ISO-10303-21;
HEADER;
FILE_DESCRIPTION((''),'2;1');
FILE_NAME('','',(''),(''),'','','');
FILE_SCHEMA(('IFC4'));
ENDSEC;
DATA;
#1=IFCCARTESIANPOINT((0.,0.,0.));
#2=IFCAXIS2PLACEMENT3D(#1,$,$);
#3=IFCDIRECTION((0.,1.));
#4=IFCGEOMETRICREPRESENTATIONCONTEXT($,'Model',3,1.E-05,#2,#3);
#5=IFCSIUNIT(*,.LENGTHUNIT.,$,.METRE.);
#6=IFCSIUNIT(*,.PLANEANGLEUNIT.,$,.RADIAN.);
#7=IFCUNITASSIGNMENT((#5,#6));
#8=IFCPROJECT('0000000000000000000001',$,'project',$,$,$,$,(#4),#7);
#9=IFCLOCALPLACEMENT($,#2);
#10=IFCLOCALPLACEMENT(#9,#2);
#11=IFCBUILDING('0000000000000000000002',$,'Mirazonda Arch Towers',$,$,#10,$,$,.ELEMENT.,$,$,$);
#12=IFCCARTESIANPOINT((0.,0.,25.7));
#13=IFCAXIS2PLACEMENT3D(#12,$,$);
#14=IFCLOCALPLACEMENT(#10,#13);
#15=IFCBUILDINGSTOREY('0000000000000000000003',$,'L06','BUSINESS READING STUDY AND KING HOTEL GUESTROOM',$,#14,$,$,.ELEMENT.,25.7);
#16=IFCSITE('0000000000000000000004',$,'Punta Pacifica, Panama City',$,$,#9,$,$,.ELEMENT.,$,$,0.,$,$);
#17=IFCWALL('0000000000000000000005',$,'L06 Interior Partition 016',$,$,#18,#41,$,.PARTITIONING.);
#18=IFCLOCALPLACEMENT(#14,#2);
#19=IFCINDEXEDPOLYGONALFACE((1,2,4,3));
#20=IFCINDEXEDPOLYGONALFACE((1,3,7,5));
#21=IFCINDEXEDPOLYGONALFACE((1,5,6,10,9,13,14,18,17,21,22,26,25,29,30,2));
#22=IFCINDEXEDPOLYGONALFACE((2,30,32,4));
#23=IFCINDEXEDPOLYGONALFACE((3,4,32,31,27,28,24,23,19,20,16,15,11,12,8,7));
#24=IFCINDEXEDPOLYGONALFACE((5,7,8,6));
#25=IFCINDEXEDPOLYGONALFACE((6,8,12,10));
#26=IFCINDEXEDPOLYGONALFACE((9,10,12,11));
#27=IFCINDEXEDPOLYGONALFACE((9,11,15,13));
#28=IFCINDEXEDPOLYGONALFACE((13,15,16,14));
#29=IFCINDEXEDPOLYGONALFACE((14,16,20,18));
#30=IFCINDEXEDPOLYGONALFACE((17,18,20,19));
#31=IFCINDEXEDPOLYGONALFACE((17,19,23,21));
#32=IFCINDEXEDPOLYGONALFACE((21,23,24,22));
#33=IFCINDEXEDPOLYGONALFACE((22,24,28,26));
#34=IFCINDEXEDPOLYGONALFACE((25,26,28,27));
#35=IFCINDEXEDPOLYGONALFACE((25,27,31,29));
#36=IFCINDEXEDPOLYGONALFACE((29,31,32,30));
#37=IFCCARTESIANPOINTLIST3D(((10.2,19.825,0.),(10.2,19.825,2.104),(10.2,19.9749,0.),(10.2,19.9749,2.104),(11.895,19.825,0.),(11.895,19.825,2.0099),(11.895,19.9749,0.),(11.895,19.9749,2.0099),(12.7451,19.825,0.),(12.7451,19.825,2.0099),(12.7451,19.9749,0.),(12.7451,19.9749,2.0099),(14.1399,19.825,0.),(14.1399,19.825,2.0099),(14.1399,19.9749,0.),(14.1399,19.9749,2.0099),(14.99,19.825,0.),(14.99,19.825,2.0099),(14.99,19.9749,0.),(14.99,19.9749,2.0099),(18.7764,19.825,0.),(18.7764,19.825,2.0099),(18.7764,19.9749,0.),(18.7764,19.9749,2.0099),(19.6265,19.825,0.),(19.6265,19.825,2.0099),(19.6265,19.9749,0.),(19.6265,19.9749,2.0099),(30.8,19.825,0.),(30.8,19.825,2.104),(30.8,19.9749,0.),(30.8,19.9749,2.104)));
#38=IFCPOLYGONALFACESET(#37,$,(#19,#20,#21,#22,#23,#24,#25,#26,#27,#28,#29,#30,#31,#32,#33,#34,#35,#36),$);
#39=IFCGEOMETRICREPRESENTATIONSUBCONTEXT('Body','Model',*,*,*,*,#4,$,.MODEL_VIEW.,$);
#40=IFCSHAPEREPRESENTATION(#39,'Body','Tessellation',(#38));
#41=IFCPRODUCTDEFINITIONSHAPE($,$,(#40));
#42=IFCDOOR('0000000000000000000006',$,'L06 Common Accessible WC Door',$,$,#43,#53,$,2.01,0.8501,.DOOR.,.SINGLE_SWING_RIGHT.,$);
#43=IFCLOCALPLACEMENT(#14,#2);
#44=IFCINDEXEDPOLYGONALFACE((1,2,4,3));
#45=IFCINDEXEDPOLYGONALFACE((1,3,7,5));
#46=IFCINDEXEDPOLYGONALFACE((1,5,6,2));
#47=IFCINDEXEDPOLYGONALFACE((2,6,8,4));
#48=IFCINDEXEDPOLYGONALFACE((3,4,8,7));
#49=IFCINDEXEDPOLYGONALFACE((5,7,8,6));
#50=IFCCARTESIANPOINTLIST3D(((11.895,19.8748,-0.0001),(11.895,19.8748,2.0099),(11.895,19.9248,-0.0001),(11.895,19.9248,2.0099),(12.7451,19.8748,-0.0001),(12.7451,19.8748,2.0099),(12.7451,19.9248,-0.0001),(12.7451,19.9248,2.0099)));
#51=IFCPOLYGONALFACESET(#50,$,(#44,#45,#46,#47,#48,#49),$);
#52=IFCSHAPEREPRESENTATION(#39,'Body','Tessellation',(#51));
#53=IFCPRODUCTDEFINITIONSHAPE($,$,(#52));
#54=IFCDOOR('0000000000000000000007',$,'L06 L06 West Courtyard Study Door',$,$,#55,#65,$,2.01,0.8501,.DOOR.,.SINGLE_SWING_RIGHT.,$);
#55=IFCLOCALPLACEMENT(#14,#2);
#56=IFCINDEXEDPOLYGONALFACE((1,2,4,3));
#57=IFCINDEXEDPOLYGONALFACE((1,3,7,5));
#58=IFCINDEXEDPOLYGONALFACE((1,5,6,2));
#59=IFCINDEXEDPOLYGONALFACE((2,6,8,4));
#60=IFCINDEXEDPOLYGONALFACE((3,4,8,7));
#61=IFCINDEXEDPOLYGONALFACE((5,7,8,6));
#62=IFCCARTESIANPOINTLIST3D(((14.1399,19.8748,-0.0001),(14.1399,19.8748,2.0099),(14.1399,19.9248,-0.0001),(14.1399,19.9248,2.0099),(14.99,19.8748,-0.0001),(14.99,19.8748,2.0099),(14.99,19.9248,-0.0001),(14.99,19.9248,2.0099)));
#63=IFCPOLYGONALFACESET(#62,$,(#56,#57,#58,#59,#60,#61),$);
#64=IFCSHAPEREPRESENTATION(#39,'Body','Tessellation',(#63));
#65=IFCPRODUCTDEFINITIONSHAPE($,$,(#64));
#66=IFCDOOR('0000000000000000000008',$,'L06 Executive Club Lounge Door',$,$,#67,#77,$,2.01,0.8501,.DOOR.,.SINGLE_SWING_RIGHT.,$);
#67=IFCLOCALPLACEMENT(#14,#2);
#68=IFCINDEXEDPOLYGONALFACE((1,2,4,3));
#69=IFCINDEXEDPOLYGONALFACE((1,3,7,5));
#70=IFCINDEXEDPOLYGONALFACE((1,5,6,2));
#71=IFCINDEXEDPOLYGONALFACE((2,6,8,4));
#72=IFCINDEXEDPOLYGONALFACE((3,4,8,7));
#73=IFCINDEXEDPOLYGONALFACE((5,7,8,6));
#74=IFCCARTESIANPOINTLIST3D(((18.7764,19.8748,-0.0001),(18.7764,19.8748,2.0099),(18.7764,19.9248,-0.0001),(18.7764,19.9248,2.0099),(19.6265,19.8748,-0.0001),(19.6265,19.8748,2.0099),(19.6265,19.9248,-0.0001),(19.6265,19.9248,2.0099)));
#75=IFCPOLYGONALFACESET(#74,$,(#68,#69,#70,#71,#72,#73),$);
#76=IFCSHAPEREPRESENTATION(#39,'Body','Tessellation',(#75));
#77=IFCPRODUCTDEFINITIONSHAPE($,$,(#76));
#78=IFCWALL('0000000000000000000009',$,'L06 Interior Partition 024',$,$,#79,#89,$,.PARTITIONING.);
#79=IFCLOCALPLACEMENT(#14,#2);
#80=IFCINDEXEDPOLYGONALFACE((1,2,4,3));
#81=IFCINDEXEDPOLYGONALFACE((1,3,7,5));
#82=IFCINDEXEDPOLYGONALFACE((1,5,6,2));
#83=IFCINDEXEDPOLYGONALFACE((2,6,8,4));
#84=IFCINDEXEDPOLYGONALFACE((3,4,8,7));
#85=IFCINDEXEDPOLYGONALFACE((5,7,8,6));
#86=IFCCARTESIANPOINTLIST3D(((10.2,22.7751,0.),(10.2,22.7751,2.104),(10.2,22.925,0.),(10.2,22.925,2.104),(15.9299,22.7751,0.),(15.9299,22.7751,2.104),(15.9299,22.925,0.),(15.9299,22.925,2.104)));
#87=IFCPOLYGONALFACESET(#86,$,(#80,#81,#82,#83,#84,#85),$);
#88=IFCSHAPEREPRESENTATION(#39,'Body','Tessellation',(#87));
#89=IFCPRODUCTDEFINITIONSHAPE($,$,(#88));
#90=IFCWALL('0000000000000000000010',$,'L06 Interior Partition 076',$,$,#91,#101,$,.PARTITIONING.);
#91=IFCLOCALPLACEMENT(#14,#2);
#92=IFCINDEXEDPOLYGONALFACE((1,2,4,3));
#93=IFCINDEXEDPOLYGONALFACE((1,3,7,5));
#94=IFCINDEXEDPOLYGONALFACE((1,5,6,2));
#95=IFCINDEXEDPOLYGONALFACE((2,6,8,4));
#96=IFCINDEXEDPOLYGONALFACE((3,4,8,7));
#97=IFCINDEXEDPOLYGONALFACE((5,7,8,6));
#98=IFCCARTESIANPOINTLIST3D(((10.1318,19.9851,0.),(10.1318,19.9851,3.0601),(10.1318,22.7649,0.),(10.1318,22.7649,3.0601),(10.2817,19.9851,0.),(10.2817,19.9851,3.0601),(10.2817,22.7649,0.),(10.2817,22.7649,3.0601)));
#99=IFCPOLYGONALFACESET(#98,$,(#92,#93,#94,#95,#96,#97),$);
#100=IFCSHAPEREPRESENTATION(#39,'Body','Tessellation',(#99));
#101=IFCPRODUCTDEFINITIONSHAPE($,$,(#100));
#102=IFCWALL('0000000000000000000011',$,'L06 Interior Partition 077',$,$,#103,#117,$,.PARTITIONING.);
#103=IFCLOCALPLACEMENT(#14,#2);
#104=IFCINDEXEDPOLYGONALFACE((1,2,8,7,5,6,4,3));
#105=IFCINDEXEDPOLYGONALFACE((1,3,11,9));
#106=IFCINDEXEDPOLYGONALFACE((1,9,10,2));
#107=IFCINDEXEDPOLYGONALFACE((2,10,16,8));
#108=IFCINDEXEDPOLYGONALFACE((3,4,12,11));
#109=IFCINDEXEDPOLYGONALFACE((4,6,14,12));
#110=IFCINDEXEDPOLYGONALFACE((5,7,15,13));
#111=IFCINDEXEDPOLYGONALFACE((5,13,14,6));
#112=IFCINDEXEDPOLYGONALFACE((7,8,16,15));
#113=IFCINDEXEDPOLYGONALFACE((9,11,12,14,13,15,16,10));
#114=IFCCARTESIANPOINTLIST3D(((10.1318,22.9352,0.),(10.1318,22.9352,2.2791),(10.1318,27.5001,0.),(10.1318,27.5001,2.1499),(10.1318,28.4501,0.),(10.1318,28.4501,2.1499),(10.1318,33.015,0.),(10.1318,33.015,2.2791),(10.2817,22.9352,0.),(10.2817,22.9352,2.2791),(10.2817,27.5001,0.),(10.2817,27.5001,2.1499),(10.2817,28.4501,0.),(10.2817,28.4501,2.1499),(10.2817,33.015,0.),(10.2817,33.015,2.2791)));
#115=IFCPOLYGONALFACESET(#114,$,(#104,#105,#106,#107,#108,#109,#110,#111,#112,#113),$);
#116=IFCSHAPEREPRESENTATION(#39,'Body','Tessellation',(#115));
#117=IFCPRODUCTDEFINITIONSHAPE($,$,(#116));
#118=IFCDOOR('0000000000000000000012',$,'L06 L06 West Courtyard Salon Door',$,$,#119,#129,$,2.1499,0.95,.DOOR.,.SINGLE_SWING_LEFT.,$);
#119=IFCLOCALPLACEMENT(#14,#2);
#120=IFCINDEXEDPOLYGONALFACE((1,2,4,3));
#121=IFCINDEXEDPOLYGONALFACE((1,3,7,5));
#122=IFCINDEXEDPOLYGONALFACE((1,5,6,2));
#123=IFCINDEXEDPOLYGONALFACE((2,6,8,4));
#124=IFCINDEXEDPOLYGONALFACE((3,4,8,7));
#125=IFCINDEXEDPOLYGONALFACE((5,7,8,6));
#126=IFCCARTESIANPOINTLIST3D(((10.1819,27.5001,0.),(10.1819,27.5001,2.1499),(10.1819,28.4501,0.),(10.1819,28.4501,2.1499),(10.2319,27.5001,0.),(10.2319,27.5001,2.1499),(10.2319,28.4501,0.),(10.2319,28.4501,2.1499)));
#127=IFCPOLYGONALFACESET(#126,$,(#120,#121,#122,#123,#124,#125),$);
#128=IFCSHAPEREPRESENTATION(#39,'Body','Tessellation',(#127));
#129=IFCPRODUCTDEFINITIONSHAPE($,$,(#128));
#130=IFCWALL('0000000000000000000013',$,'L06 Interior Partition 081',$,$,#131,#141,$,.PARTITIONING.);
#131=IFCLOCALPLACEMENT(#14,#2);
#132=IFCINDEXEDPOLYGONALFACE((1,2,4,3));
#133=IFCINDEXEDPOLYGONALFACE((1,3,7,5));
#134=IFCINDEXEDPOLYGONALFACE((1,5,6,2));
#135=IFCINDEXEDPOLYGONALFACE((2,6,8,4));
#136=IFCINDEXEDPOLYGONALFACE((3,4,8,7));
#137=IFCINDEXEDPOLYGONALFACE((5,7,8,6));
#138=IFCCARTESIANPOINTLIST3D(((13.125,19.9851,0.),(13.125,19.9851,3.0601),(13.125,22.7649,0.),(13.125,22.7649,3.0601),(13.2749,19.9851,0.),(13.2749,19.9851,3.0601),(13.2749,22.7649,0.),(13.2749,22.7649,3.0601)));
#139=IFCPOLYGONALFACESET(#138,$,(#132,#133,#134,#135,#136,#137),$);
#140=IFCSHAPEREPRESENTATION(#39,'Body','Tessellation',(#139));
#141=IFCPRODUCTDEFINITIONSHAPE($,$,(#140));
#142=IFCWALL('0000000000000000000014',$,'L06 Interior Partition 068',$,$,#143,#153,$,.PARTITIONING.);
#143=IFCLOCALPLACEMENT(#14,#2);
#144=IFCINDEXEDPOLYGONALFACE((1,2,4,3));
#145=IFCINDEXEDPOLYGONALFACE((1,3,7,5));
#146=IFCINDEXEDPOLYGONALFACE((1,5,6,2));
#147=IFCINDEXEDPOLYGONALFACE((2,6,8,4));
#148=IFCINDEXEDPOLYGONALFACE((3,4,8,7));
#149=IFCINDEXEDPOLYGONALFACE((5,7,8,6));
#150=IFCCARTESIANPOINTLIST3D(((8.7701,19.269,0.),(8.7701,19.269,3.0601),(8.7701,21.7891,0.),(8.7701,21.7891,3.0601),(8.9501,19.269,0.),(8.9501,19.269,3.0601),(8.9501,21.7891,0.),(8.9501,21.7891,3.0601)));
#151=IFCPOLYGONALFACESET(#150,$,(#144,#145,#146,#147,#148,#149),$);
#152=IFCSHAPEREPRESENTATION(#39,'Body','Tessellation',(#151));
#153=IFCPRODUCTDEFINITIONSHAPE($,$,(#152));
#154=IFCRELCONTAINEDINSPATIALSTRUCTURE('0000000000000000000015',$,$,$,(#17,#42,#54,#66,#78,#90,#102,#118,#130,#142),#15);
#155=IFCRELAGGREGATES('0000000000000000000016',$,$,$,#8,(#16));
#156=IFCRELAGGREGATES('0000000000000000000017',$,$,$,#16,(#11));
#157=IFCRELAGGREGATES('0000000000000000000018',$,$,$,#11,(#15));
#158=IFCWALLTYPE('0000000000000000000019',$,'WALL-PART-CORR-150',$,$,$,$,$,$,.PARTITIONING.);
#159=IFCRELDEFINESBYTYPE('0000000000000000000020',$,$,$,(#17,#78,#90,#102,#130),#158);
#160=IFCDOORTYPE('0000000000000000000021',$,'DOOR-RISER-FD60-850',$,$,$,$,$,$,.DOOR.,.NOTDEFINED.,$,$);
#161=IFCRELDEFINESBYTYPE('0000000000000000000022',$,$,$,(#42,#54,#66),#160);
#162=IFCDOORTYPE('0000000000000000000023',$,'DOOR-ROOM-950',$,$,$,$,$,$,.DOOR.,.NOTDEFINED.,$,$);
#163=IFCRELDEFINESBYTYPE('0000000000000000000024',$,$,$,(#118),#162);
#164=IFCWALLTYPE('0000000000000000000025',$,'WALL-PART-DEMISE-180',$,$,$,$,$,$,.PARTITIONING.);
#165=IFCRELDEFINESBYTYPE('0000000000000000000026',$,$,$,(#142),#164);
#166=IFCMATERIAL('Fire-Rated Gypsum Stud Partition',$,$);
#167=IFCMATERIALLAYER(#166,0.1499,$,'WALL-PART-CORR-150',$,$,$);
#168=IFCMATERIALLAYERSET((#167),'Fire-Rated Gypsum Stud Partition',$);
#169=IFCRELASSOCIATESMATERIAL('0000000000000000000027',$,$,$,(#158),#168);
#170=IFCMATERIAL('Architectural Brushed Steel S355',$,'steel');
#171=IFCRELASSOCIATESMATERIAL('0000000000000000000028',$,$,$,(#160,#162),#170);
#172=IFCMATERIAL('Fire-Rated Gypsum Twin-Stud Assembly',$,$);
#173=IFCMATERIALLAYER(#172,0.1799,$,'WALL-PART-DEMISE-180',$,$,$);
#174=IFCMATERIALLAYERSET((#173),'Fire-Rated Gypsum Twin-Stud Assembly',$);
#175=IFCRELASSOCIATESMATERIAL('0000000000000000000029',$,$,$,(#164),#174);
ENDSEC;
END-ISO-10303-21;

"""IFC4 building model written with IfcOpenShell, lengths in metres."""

from ifc_helpers import new_model, si_unit, direction, frame, frame_2d, origin, place, context, subcontext, project, spatial, rectangle, extrude, material, layer, layer_set, type_object, element, fill, save


model = new_model("IFC4")

# Units and contexts
model_context = context("Model", 3, precision=1e-05, world=origin(), true_north=direction((0.0, 1.0)))
body_context = subcontext(model_context, "Body", "Model", "MODEL_VIEW")
ifc_project = project(units=[si_unit("LENGTHUNIT", "METRE"), si_unit("PLANEANGLEUNIT", "RADIAN")], contexts=[model_context])

# Site, building, storey
site_placement = place(None, origin())
site = spatial("IfcSite", under=ifc_project, at=site_placement, Name="Punta Pacifica, Panama City", CompositionType="ELEMENT", RefElevation=0.0)
building_placement = place(site_placement, origin())
building = spatial("IfcBuilding", under=site, at=building_placement, Name="Mirazonda Arch Towers", CompositionType="ELEMENT")
storey_placement = place(building_placement, frame((0.0, 0.0, 25.7)))
storey = spatial("IfcBuildingStorey", under=building, at=storey_placement, Name="L06", Description="BUSINESS READING STUDY AND KING HOTEL GUESTROOM", CompositionType="ELEMENT", Elevation=25.7)

# Shared definitions
ifc_material_1 = material(Name="Architectural Brushed Steel S355", Category="steel")

# Shared definitions
ifc_material_2 = material(Name="Fire-Rated Gypsum Stud Partition")
ifc_layer_1 = layer(ifc_material_2, 0.1499, Name="WALL-PART-CORR-150")
ifc_layer_set_1 = layer_set([ifc_layer_1], Name="Fire-Rated Gypsum Stud Partition")
wall_type_1 = type_object("IfcWallType", Name="WALL-PART-CORR-150", PredefinedType="PARTITIONING", material=ifc_layer_set_1)

# Wall, openings, doors
wall_1_placement = place(storey_placement, frame((10.2, 19.8999, 0.0), z_axis=(0.0, 0.0, 1.0), x_axis=(1.0, 0.0, 0.0)))
wall_1 = element("IfcWall", 1, at=wall_1_placement, inside=storey, type_object=wall_type_1, Name="L06 Interior Partition 016", PredefinedType="PARTITIONING", context=body_context, shape_type="SweptSolid", body=[
    extrude(rectangle(XDim=20.6001, YDim=0.1499, at=frame_2d((10.3, 0.0))), origin(), (0.0, 0.0, 1.0), 2.104),
])
opening_1_placement = place(wall_1_placement, frame((1.6951, 0.0, 0.0)))
opening_1 = element("IfcOpeningElement", 2, at=opening_1_placement, cuts=wall_1, PredefinedType="OPENING", context=body_context, shape_type="SweptSolid", body=[
    extrude(rectangle(XDim=0.8501, YDim=2.01, at=frame_2d((0.425, 1.0049))), frame((0.0, 0.085, 0.0), z_axis=(0.0, -1.0, 0.0), x_axis=(1.0, 0.0, 0.0)), (0.0, 0.0, 1.0), 0.1699),
])
opening_2_placement = place(wall_1_placement, frame((3.9399, 0.0, 0.0)))
opening_2 = element("IfcOpeningElement", 3, at=opening_2_placement, cuts=wall_1, PredefinedType="OPENING", context=body_context, shape_type="SweptSolid", body=[
    extrude(rectangle(XDim=0.8501, YDim=2.01, at=frame_2d((0.425, 1.0049))), frame((0.0, 0.085, 0.0), z_axis=(0.0, -1.0, 0.0), x_axis=(1.0, 0.0, 0.0)), (0.0, 0.0, 1.0), 0.1699),
])
opening_3_placement = place(wall_1_placement, frame((8.5764, 0.0, 0.0)))
opening_3 = element("IfcOpeningElement", 4, at=opening_3_placement, cuts=wall_1, PredefinedType="OPENING", context=body_context, shape_type="SweptSolid", body=[
    extrude(rectangle(XDim=0.8501, YDim=2.01, at=frame_2d((0.425, 1.0049))), frame((0.0, 0.085, 0.0), z_axis=(0.0, -1.0, 0.0), x_axis=(1.0, 0.0, 0.0)), (0.0, 0.0, 1.0), 0.1699),
])
door_type_1 = type_object("IfcDoorType", Name="DOOR-RISER-FD60-850", OperationType="NOTDEFINED", PredefinedType="DOOR", material=ifc_material_1)
door_1_placement = place(opening_1_placement, origin())
door_1 = element("IfcDoor", 5, at=door_1_placement, inside=storey, type_object=door_type_1, Name="L06 Common Accessible WC Door", OperationType="SINGLE_SWING_RIGHT", OverallHeight=2.01, OverallWidth=0.8501, PredefinedType="DOOR", context=body_context, shape_type="SweptSolid", body=[
    extrude(rectangle(XDim=0.8501, YDim=2.01, at=frame_2d((0.425, 1.0049))), frame((0.0, 0.0249, 0.0), z_axis=(0.0, -1.0, 0.0), x_axis=(1.0, 0.0, 0.0)), (0.0, 0.0, 1.0), 0.05),
])
fill(opening_1, door_1)
door_2_placement = place(opening_2_placement, origin())
door_2 = element("IfcDoor", 6, at=door_2_placement, inside=storey, type_object=door_type_1, Name="L06 L06 West Courtyard Study Door", OperationType="SINGLE_SWING_RIGHT", OverallHeight=2.01, OverallWidth=0.8501, PredefinedType="DOOR", context=body_context, shape_type="SweptSolid", body=[
    extrude(rectangle(XDim=0.8501, YDim=2.01, at=frame_2d((0.425, 1.0049))), frame((0.0, 0.0249, 0.0), z_axis=(0.0, -1.0, 0.0), x_axis=(1.0, 0.0, 0.0)), (0.0, 0.0, 1.0), 0.05),
])
fill(opening_2, door_2)
door_3_placement = place(opening_3_placement, origin())
door_3 = element("IfcDoor", 7, at=door_3_placement, inside=storey, type_object=door_type_1, Name="L06 Executive Club Lounge Door", OperationType="SINGLE_SWING_RIGHT", OverallHeight=2.01, OverallWidth=0.8501, PredefinedType="DOOR", context=body_context, shape_type="SweptSolid", body=[
    extrude(rectangle(XDim=0.8501, YDim=2.01, at=frame_2d((0.425, 1.0049))), frame((0.0, 0.0249, 0.0), z_axis=(0.0, -1.0, 0.0), x_axis=(1.0, 0.0, 0.0)), (0.0, 0.0, 1.0), 0.05),
])
fill(opening_3, door_3)

# Walls
wall_2_placement = place(storey_placement, frame((10.2, 22.8501, 0.0), z_axis=(0.0, 0.0, 1.0), x_axis=(1.0, 0.0, 0.0)))
element("IfcWall", 8, at=wall_2_placement, inside=storey, type_object=wall_type_1, Name="L06 Interior Partition 024", PredefinedType="PARTITIONING", context=body_context, shape_type="SweptSolid", body=[
    extrude(rectangle(XDim=5.73, YDim=0.1499, at=frame_2d((2.865, 0.0))), origin(), (0.0, 0.0, 1.0), 2.104),
])
wall_3_placement = place(storey_placement, frame((10.2068, 19.9851, 0.0), z_axis=(0.0, 0.0, 1.0), x_axis=(0.0, 1.0, 0.0)))
element("IfcWall", 9, at=wall_3_placement, inside=storey, type_object=wall_type_1, Name="L06 Interior Partition 076", PredefinedType="PARTITIONING", context=body_context, shape_type="SweptSolid", body=[
    extrude(rectangle(XDim=2.7798, YDim=0.1499, at=frame_2d((1.3899, 0.0))), origin(), (0.0, 0.0, 1.0), 3.0601),
])

# Wall, opening, door
wall_4_placement = place(storey_placement, frame((10.2068, 22.9351, 0.0), z_axis=(0.0, 0.0, 1.0), x_axis=(0.0, 1.0, 0.0)))
wall_4 = element("IfcWall", 10, at=wall_4_placement, inside=storey, type_object=wall_type_1, Name="L06 Interior Partition 077", PredefinedType="PARTITIONING", context=body_context, shape_type="SweptSolid", body=[
    extrude(rectangle(XDim=10.0798, YDim=0.1499, at=frame_2d((5.04, 0.0))), origin(), (0.0, 0.0, 1.0), 2.2791),
])
opening_4_placement = place(wall_4_placement, frame((4.5649, 0.0, 0.0)))
opening_4 = element("IfcOpeningElement", 11, at=opening_4_placement, cuts=wall_4, PredefinedType="OPENING", context=body_context, shape_type="SweptSolid", body=[
    extrude(rectangle(XDim=0.95, YDim=2.1499, at=frame_2d((0.4751, 1.075))), frame((0.0, 0.085, 0.0), z_axis=(0.0, -1.0, 0.0), x_axis=(1.0, 0.0, 0.0)), (0.0, 0.0, 1.0), 0.1699),
])
door_type_2 = type_object("IfcDoorType", Name="DOOR-ROOM-950", OperationType="NOTDEFINED", PredefinedType="DOOR", material=ifc_material_1)
door_4_placement = place(opening_4_placement, origin())
door_4 = element("IfcDoor", 12, at=door_4_placement, inside=storey, type_object=door_type_2, Name="L06 L06 West Courtyard Salon Door", OperationType="SINGLE_SWING_LEFT", OverallHeight=2.1499, OverallWidth=0.95, PredefinedType="DOOR", context=body_context, shape_type="SweptSolid", body=[
    extrude(rectangle(XDim=0.95, YDim=2.1499, at=frame_2d((0.4751, 1.075))), frame((0.0, 0.0249, 0.0), z_axis=(0.0, -1.0, 0.0), x_axis=(1.0, 0.0, 0.0)), (0.0, 0.0, 1.0), 0.05),
])
fill(opening_4, door_4)

# Walls
wall_5_placement = place(storey_placement, frame((13.2, 19.9851, 0.0), z_axis=(0.0, 0.0, 1.0), x_axis=(0.0, 1.0, 0.0)))
element("IfcWall", 13, at=wall_5_placement, inside=storey, type_object=wall_type_1, Name="L06 Interior Partition 081", PredefinedType="PARTITIONING", context=body_context, shape_type="SweptSolid", body=[
    extrude(rectangle(XDim=2.7798, YDim=0.1499, at=frame_2d((1.3899, 0.0))), origin(), (0.0, 0.0, 1.0), 3.0601),
])
ifc_material_3 = material(Name="Fire-Rated Gypsum Twin-Stud Assembly")
ifc_layer_2 = layer(ifc_material_3, 0.1799, Name="WALL-PART-DEMISE-180")
ifc_layer_set_2 = layer_set([ifc_layer_2], Name="Fire-Rated Gypsum Twin-Stud Assembly")
wall_type_2 = type_object("IfcWallType", Name="WALL-PART-DEMISE-180", PredefinedType="PARTITIONING", material=ifc_layer_set_2)
wall_6_placement = place(storey_placement, frame((8.8601, 19.269, 0.0), z_axis=(0.0, 0.0, 1.0), x_axis=(0.0, 1.0, 0.0)))
element("IfcWall", 14, at=wall_6_placement, inside=storey, type_object=wall_type_2, Name="L06 Interior Partition 068", PredefinedType="PARTITIONING", context=body_context, shape_type="SweptSolid", body=[
    extrude(rectangle(XDim=2.52, YDim=0.1799, at=frame_2d((1.26, 0.0))), origin(), (0.0, 0.0, 1.0), 3.0601),
])

save(model, "model.ifc")
